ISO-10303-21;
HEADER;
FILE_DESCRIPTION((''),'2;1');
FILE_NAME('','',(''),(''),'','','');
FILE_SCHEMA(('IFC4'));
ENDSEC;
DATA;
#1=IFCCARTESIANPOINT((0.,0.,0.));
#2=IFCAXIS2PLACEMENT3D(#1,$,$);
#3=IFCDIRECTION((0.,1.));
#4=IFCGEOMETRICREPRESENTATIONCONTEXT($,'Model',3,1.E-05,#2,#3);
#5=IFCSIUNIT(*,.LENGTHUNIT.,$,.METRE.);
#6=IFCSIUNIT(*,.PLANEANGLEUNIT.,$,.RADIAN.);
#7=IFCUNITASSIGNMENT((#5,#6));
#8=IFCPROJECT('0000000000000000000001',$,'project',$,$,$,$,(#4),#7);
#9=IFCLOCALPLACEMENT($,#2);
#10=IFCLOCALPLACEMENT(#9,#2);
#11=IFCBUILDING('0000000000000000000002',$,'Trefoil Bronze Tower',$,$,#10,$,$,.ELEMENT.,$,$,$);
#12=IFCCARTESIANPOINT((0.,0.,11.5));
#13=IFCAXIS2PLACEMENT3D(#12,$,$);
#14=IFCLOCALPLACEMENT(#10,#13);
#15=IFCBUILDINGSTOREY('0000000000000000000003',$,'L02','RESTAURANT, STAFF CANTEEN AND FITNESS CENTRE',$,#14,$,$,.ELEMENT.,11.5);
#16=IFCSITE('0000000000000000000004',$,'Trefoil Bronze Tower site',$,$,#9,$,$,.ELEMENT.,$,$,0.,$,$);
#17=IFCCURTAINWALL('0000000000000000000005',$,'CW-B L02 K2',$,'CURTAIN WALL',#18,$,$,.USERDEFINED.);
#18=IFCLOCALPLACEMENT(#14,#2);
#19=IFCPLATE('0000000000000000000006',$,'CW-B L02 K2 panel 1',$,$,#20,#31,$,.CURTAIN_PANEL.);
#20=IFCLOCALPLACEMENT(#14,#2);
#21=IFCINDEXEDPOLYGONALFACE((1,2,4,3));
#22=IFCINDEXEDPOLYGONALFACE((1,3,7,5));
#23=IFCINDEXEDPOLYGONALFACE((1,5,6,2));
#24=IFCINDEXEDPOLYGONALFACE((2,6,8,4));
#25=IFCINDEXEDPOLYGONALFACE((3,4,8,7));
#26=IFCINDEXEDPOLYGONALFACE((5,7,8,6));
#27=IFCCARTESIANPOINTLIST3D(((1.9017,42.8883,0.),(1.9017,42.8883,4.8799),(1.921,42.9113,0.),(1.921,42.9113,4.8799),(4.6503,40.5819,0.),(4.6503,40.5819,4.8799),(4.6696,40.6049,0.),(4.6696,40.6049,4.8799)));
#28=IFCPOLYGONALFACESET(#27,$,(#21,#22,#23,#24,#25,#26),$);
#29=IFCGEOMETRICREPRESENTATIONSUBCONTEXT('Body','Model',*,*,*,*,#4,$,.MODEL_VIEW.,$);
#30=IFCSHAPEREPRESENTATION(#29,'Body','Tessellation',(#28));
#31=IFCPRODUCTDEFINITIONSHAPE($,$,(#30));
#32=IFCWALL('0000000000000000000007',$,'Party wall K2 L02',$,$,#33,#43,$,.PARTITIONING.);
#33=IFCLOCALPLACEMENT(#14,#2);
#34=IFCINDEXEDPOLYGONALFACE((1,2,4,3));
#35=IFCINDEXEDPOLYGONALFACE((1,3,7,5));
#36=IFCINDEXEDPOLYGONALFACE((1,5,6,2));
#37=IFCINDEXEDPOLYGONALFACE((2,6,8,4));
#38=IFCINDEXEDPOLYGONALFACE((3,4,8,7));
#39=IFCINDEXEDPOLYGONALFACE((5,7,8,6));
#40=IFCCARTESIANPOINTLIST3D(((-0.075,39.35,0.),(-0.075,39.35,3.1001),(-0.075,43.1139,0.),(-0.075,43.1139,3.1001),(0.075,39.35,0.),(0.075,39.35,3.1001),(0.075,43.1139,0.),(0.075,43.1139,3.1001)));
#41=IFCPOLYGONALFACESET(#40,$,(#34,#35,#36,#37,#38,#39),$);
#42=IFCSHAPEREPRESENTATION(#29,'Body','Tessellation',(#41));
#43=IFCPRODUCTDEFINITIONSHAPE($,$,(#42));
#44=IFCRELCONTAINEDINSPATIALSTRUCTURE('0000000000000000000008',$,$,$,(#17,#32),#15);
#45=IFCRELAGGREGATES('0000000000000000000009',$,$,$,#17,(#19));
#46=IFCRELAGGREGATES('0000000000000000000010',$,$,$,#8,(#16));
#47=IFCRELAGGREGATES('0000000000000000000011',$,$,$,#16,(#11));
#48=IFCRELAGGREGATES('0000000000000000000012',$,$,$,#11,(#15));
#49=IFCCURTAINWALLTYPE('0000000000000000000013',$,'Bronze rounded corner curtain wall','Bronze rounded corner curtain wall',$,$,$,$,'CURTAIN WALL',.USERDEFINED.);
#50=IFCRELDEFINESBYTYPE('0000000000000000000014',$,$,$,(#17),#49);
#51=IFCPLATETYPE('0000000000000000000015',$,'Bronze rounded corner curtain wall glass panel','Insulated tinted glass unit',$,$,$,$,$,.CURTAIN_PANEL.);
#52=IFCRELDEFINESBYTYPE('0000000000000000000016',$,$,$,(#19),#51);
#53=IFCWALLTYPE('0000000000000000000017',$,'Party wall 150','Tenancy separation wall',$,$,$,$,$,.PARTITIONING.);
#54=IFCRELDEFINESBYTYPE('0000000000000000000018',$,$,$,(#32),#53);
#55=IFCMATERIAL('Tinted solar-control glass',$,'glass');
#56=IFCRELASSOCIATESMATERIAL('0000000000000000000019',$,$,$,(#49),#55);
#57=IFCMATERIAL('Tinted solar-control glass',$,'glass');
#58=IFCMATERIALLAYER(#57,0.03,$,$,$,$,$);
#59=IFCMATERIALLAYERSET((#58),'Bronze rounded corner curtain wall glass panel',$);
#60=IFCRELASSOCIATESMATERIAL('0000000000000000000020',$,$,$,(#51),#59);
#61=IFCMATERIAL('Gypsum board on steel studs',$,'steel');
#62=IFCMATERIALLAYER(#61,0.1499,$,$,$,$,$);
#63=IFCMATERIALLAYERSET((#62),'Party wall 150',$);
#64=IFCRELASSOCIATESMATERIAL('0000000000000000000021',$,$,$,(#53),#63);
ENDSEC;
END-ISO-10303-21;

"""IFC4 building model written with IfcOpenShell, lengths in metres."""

from ifc_helpers import new_model, si_unit, direction, frame, frame_2d, origin, origin_2d, place, context, subcontext, project, spatial, rectangle, extrude, material, layer, layer_set, type_object, element, aggregate, save


model = new_model("IFC4")

# Units and contexts
model_context = context("Model", 3, precision=1e-05, world=origin(), true_north=direction((0.0, 1.0)))
body_context = subcontext(model_context, "Body", "Model", "MODEL_VIEW")
ifc_project = project(units=[si_unit("LENGTHUNIT", "METRE"), si_unit("PLANEANGLEUNIT", "RADIAN")], contexts=[model_context])

# Site, building, storey
site_placement = place(None, origin())
site = spatial("IfcSite", under=ifc_project, at=site_placement, Name="Trefoil Bronze Tower site", CompositionType="ELEMENT", RefElevation=0.0)
building_placement = place(site_placement, origin())
building = spatial("IfcBuilding", under=site, at=building_placement, Name="Trefoil Bronze Tower", CompositionType="ELEMENT")
storey_placement = place(building_placement, frame((0.0, 0.0, 11.5)))
storey = spatial("IfcBuildingStorey", under=building, at=storey_placement, Name="L02", Description="RESTAURANT, STAFF CANTEEN AND FITNESS CENTRE", CompositionType="ELEMENT", Elevation=11.5)

# Curtain wall
ifc_material_1 = material(Name="Tinted solar-control glass", Category="glass")
curtain_wall_type_1 = type_object("IfcCurtainWallType", Name="Bronze rounded corner curtain wall", Description="Bronze rounded corner curtain wall", ElementType="CURTAIN WALL", PredefinedType="USERDEFINED", material=ifc_material_1)
curtain_wall_1_placement = place(storey_placement, origin())
curtain_wall_1 = element("IfcCurtainWall", 1, at=curtain_wall_1_placement, inside=storey, type_object=curtain_wall_type_1, Name="CW-B L02 K2", ObjectType="CURTAIN WALL", PredefinedType="USERDEFINED")

# Plate
ifc_material_2 = material(Name="Tinted solar-control glass", Category="glass")
ifc_layer_1 = layer(ifc_material_2, 0.03)
ifc_layer_set_1 = layer_set([ifc_layer_1], Name="Bronze rounded corner curtain wall glass panel")
plate_type_1 = type_object("IfcPlateType", Name="Bronze rounded corner curtain wall glass panel", Description="Insulated tinted glass unit", PredefinedType="CURTAIN_PANEL", material=ifc_layer_set_1)
plate_1_placement = place(storey_placement, frame((3.2856, 41.7466, 0.0), z_axis=(0.0, 0.0, 1.0), x_axis=(-0.766044, 0.642788, 0.0)))
plate_1 = element("IfcPlate", 2, at=plate_1_placement, type_object=plate_type_1, Name="CW-B L02 K2 panel 1", PredefinedType="CURTAIN_PANEL", context=body_context, shape_type="SweptSolid", body=[
    extrude(rectangle(XDim=3.5881, YDim=0.03, at=origin_2d()), origin(), (0.0, 0.0, 1.0), 4.8799),
])
aggregate(curtain_wall_1, [plate_1])

# Wall
ifc_material_3 = material(Name="Gypsum board on steel studs", Category="steel")
ifc_layer_2 = layer(ifc_material_3, 0.1499)
ifc_layer_set_2 = layer_set([ifc_layer_2], Name="Party wall 150")
wall_type = type_object("IfcWallType", Name="Party wall 150", Description="Tenancy separation wall", PredefinedType="PARTITIONING", material=ifc_layer_set_2)
wall_placement = place(storey_placement, frame((0.0, 39.3501, 0.0), z_axis=(0.0, 0.0, 1.0), x_axis=(0.0, 1.0, 0.0)))
element("IfcWall", 3, at=wall_placement, inside=storey, type_object=wall_type, Name="Party wall K2 L02", PredefinedType="PARTITIONING", context=body_context, shape_type="SweptSolid", body=[
    extrude(rectangle(XDim=3.7639, YDim=0.1499, at=frame_2d((1.8818, 0.0))), origin(), (0.0, 0.0, 1.0), 3.1001),
])

save(model, "model.ifc")
